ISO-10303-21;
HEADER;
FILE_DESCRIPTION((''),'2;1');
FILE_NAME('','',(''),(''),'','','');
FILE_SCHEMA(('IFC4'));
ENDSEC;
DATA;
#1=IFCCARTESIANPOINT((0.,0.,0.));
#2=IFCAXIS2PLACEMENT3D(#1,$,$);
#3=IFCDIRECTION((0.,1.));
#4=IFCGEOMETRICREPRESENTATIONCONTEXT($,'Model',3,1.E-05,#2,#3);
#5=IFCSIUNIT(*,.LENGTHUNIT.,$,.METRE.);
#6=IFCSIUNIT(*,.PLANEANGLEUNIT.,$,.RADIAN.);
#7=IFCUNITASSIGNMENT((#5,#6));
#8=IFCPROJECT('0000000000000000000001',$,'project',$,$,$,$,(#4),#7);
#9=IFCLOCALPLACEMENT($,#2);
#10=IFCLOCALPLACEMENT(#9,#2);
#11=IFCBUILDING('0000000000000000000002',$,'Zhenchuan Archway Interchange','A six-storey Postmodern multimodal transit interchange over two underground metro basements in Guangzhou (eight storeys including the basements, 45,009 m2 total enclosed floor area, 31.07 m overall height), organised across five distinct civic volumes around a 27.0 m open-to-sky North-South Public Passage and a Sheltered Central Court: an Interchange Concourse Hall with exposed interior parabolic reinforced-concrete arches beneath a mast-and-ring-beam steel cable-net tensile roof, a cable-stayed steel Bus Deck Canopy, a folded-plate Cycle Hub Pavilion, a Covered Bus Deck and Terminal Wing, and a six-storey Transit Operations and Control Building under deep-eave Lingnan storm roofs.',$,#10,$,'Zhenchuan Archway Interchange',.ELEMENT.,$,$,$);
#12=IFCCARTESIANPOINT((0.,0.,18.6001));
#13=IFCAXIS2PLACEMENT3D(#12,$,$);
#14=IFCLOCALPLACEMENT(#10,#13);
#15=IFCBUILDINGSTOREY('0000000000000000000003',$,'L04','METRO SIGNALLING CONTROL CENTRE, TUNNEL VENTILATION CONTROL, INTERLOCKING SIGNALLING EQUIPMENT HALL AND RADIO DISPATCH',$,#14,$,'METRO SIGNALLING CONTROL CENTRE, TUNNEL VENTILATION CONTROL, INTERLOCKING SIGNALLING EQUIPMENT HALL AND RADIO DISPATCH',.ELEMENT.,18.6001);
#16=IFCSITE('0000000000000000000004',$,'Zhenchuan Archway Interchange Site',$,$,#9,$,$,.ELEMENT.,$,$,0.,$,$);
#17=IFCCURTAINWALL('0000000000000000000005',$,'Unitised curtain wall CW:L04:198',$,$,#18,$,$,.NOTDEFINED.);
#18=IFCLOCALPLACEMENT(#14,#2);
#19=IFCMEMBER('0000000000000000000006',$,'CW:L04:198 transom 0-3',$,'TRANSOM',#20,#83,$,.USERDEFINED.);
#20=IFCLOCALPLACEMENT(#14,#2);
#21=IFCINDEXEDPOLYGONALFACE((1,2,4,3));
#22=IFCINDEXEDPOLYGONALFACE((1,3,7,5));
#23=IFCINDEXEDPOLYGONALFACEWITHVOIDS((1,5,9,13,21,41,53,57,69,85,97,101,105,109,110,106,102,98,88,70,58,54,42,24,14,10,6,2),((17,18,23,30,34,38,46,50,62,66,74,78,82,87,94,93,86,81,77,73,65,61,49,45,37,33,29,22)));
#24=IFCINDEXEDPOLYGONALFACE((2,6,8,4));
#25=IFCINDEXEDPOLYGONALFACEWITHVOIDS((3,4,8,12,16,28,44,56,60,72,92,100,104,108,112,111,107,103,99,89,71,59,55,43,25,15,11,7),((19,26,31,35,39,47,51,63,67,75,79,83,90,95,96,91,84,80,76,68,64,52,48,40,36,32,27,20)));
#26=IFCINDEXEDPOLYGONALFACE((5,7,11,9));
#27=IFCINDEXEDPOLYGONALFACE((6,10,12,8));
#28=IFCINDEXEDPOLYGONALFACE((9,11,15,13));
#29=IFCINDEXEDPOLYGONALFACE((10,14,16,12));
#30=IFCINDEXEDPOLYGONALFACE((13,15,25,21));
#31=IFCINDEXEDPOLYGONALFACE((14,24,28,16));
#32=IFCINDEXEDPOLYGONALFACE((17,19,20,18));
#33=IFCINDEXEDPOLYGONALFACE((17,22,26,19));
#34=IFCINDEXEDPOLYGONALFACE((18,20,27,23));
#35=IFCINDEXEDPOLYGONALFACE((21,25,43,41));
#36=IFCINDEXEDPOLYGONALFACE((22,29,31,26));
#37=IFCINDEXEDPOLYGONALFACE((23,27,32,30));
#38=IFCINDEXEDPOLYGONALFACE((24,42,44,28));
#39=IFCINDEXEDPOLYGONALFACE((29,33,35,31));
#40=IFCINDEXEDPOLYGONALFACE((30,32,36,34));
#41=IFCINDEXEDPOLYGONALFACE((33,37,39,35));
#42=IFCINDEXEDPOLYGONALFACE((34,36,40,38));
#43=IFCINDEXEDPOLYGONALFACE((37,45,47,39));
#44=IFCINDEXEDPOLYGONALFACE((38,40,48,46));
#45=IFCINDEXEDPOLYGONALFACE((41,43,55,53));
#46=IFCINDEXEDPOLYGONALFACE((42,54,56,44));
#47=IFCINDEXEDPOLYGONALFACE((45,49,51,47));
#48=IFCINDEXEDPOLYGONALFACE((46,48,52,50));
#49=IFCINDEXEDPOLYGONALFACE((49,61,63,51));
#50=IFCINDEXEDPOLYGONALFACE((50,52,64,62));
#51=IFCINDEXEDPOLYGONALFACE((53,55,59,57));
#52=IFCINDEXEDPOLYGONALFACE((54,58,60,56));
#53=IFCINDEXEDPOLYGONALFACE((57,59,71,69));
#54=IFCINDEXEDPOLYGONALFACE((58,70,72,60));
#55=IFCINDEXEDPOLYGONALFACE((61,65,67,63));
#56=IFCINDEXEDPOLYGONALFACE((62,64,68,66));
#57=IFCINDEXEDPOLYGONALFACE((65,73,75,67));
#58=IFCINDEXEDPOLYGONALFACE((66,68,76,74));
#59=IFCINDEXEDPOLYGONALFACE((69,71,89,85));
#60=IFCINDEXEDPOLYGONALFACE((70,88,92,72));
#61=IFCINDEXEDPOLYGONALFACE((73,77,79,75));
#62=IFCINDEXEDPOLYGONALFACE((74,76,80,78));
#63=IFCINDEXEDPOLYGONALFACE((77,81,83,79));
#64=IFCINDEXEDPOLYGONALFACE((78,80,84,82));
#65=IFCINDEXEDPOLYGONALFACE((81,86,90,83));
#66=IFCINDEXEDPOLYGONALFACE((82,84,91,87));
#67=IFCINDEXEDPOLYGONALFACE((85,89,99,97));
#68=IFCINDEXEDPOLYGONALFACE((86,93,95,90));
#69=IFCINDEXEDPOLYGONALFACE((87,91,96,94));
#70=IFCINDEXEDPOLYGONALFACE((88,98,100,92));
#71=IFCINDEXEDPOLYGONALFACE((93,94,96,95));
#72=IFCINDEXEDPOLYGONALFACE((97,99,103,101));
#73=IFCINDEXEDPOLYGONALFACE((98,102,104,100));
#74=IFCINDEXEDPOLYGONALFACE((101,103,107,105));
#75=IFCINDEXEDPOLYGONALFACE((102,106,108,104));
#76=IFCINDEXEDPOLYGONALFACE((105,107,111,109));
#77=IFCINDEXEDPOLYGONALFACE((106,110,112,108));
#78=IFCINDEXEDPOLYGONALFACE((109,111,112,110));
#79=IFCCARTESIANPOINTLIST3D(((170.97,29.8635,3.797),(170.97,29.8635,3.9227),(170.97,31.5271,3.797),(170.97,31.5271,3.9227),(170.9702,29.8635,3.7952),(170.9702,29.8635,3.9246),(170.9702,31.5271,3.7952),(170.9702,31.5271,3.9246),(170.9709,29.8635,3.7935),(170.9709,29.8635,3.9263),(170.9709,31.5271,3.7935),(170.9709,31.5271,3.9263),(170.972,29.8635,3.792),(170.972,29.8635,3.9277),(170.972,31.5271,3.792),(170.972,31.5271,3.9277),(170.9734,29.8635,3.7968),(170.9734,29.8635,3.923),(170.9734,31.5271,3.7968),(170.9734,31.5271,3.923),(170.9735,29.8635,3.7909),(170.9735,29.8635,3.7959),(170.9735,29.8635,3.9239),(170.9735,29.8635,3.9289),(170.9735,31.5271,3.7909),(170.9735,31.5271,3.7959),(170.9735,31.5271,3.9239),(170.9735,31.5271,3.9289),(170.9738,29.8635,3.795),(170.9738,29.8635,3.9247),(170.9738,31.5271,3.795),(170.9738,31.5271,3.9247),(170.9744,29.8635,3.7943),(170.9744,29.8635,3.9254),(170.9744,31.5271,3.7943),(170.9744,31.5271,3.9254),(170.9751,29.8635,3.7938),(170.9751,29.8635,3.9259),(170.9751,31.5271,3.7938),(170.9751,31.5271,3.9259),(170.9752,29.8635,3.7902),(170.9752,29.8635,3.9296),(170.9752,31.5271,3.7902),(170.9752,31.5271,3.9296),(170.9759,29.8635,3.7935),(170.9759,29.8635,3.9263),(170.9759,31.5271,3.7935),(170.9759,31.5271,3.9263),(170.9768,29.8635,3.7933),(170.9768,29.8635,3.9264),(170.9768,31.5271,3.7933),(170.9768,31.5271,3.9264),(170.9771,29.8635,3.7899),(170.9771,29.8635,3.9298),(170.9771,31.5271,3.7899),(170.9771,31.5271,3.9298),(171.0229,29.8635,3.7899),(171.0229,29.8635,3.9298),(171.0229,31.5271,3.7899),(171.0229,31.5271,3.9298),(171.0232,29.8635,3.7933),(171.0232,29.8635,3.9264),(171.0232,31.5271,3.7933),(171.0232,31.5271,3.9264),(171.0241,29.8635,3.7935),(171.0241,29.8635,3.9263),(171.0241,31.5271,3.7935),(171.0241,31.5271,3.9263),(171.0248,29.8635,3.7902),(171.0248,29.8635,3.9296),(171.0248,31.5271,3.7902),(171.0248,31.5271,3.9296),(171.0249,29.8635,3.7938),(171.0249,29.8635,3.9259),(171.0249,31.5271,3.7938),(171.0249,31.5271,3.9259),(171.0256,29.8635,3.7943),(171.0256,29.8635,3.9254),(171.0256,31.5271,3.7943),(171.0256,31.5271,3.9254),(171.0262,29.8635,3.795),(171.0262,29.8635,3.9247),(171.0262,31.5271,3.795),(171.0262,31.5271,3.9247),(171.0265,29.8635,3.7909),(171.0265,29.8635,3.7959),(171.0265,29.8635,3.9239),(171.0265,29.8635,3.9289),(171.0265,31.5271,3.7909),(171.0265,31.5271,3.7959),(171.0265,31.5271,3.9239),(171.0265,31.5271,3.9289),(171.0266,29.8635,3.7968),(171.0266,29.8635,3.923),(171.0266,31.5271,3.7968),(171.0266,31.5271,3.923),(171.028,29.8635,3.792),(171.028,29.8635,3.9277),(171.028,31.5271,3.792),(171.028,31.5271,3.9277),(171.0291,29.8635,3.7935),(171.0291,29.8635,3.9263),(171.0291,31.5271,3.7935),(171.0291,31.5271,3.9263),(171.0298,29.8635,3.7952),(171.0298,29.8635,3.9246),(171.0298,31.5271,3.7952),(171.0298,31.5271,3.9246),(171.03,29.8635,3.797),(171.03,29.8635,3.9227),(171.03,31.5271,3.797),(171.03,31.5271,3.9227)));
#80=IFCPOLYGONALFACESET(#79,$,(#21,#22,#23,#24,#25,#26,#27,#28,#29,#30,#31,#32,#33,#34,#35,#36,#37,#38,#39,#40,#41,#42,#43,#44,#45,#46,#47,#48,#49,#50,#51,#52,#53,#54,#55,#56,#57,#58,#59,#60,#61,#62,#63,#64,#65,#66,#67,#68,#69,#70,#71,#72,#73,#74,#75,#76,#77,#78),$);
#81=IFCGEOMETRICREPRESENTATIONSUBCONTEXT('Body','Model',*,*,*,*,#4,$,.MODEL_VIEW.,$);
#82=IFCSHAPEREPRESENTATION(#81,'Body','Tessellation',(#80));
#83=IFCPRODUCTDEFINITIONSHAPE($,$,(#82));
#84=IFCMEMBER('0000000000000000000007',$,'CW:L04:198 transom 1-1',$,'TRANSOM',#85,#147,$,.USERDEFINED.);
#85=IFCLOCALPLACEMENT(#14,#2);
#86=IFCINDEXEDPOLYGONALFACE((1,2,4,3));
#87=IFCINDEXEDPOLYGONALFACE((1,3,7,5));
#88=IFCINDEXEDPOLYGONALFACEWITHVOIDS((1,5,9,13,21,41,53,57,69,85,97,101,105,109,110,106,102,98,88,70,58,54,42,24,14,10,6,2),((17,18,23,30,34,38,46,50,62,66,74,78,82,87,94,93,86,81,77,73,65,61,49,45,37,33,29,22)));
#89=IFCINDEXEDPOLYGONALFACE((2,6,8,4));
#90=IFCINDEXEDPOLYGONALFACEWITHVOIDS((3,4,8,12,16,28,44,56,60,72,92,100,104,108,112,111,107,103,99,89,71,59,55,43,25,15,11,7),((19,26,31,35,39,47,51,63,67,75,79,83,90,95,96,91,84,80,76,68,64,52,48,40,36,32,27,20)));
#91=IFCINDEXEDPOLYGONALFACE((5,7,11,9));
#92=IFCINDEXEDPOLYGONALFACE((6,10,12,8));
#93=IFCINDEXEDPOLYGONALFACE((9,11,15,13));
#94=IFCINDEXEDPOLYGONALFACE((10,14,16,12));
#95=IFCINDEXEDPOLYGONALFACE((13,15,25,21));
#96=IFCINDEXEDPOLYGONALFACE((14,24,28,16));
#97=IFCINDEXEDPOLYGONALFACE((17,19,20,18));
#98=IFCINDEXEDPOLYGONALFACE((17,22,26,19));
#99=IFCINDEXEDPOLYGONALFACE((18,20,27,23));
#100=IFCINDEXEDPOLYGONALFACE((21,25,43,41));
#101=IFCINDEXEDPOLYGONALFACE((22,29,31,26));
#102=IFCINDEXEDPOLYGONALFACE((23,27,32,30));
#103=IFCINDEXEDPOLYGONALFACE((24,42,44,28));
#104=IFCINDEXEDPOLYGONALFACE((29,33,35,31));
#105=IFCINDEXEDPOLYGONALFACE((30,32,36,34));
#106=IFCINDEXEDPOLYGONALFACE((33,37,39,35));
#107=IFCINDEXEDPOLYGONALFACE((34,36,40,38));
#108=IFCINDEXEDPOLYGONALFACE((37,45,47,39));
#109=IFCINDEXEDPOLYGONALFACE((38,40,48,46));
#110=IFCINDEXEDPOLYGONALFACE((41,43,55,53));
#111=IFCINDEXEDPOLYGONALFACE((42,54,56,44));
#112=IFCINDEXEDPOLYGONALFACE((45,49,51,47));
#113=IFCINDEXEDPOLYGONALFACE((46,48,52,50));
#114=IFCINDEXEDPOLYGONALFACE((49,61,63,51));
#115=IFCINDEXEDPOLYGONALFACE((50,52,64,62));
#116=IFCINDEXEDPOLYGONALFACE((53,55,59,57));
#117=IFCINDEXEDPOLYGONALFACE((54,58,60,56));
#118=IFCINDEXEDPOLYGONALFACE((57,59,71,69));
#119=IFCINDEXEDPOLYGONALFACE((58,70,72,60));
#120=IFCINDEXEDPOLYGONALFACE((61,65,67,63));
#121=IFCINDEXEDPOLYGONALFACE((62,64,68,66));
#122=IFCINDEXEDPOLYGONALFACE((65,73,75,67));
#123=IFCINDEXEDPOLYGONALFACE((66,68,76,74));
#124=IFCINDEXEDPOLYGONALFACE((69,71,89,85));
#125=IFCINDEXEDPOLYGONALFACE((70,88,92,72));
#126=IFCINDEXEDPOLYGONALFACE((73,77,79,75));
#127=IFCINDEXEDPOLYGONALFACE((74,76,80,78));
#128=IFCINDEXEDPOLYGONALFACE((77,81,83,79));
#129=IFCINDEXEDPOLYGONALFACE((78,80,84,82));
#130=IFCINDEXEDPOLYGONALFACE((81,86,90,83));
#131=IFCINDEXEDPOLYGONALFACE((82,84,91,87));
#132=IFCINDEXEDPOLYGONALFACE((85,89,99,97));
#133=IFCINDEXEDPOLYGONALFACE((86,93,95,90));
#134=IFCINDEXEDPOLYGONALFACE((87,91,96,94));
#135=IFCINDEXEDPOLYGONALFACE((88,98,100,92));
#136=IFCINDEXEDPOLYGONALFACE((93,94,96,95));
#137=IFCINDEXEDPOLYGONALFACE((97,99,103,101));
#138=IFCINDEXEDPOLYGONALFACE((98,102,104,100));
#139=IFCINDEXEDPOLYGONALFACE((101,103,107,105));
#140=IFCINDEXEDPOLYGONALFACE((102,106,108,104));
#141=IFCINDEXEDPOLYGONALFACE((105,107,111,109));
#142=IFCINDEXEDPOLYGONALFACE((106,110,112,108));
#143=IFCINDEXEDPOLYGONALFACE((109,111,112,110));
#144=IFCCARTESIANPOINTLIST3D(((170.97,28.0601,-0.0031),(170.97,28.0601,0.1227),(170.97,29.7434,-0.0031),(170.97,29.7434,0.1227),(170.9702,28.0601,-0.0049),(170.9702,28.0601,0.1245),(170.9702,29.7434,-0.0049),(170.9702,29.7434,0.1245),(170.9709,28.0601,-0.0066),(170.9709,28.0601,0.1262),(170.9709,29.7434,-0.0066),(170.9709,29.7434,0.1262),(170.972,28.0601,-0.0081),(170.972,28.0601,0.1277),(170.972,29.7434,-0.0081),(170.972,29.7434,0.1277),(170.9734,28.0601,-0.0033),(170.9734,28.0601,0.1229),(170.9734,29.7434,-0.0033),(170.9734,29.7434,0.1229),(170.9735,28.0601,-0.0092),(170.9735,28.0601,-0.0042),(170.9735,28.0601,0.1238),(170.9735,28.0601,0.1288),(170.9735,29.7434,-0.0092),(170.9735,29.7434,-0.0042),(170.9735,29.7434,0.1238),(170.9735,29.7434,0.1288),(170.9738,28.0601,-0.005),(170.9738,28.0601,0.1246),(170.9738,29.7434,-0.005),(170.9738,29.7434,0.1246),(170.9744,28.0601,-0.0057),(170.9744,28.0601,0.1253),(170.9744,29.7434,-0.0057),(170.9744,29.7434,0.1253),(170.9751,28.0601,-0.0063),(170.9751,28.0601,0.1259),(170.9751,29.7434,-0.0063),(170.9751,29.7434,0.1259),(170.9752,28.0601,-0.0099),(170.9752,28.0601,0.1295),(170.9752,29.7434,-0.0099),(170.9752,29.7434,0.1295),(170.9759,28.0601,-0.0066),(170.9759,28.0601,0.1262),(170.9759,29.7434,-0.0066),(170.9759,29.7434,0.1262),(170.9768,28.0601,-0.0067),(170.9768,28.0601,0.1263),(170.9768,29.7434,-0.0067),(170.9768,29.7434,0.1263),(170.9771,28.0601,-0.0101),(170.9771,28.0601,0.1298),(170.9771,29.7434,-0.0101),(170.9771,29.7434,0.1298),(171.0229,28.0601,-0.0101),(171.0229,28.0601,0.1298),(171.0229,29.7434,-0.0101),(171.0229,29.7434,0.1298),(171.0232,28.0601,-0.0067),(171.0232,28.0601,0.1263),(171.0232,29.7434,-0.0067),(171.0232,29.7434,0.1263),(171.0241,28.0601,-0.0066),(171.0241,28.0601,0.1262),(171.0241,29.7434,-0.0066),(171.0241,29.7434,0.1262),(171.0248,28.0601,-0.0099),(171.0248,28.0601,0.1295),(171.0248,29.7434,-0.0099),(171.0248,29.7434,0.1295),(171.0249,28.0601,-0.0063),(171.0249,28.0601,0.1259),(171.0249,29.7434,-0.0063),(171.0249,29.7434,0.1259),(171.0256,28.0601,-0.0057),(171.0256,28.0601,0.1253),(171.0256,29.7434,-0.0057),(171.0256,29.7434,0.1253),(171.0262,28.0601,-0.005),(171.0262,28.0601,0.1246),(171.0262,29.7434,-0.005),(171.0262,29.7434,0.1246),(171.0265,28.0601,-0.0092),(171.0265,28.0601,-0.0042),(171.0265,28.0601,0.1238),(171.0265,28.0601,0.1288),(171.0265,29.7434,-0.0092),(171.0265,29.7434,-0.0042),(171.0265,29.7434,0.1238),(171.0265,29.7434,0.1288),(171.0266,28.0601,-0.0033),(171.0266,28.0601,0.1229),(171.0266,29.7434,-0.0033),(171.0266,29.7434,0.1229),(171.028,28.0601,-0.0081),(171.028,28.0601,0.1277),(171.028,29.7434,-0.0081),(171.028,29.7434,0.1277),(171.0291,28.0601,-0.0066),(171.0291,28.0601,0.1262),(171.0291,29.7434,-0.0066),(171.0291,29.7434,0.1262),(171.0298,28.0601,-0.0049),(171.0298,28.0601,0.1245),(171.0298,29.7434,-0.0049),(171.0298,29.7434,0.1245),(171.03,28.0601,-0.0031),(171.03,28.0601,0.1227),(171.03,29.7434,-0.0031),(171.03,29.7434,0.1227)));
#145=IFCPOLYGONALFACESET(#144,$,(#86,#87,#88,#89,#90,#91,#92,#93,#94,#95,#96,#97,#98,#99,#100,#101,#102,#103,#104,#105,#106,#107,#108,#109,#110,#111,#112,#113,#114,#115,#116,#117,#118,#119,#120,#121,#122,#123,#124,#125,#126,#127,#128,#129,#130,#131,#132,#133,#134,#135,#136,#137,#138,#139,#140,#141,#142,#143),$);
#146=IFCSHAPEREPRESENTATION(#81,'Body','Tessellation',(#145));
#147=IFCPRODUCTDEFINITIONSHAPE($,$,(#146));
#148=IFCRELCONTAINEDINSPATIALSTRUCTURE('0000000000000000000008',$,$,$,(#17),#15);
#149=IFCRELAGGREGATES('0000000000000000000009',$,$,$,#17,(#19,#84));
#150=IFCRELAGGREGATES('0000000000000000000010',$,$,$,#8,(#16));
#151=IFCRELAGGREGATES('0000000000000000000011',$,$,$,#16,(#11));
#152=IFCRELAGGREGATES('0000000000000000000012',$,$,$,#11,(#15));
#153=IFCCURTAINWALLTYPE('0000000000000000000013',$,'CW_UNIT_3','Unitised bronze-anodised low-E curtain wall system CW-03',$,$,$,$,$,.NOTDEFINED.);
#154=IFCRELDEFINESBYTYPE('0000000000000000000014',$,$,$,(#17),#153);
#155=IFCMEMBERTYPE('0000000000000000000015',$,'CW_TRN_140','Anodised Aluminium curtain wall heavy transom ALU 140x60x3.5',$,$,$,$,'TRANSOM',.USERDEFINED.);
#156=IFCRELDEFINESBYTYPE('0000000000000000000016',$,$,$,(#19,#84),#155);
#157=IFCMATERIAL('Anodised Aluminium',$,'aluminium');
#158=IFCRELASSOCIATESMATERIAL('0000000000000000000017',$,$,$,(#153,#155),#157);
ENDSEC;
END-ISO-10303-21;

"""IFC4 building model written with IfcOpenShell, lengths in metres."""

from ifc_helpers import new_model, si_unit, direction, frame, origin, origin_2d, place, context, subcontext, project, spatial, hollow_rectangle, extrude, material, material_profile, profile_set, type_object, element, aggregate, save


model = new_model("IFC4")

# Units and contexts
model_context = context("Model", 3, precision=1e-05, world=origin(), true_north=direction((0.0, 1.0)))
body_context = subcontext(model_context, "Body", "Model", "MODEL_VIEW")
ifc_project = project(units=[si_unit("LENGTHUNIT", "METRE"), si_unit("PLANEANGLEUNIT", "RADIAN")], contexts=[model_context])

# Site, building, storey
site_placement = place(None, origin())
site = spatial("IfcSite", under=ifc_project, at=site_placement, Name="Zhenchuan Archway Interchange Site", CompositionType="ELEMENT", RefElevation=0.0)
building_placement = place(site_placement, origin())
building = spatial("IfcBuilding", under=site, at=building_placement, Name="Zhenchuan Archway Interchange", Description="A six-storey Postmodern multimodal transit interchange over two underground metro basements in Guangzhou (eight storeys including the basements, 45,009 m2 total enclosed floor area, 31.07 m overall height), organised across five distinct civic volumes around a 27.0 m open-to-sky North-South Public Passage and a Sheltered Central Court: an Interchange Concourse Hall with exposed interior parabolic reinforced-concrete arches beneath a mast-and-ring-beam steel cable-net tensile roof, a cable-stayed steel Bus Deck Canopy, a folded-plate Cycle Hub Pavilion, a Covered Bus Deck and Terminal Wing, and a six-storey Transit Operations and Control Building under deep-eave Lingnan storm roofs.", LongName="Zhenchuan Archway Interchange", CompositionType="ELEMENT")
storey_placement = place(building_placement, frame((0.0, 0.0, 18.6001)))
storey = spatial("IfcBuildingStorey", under=building, at=storey_placement, Name="L04", Description="METRO SIGNALLING CONTROL CENTRE, TUNNEL VENTILATION CONTROL, INTERLOCKING SIGNALLING EQUIPMENT HALL AND RADIO DISPATCH", LongName="METRO SIGNALLING CONTROL CENTRE, TUNNEL VENTILATION CONTROL, INTERLOCKING SIGNALLING EQUIPMENT HALL AND RADIO DISPATCH", CompositionType="ELEMENT", Elevation=18.6001)

# Curtain wall, members
ifc_material_1 = material(Name="Anodised Aluminium", Category="aluminium")
curtain_wall_type = type_object("IfcCurtainWallType", Name="CW_UNIT_3", Description="Unitised bronze-anodised low-E curtain wall system CW-03", PredefinedType="NOTDEFINED", material=ifc_material_1)
curtain_wall_placement = place(storey_placement, origin())
curtain_wall = element("IfcCurtainWall", 1, at=curtain_wall_placement, inside=storey, type_object=curtain_wall_type, Name="Unitised curtain wall CW:L04:198", PredefinedType="NOTDEFINED")
ifc_material_profile_1 = material_profile(ifc_material_1, hollow_rectangle(XDim=0.0601, YDim=0.1399, WallThickness=0.0034, InnerFilletRadius=0.0034, OuterFilletRadius=0.0071, at=origin_2d()), Name="ALU 140x60x3.5")
ifc_profile_set_1 = profile_set([ifc_material_profile_1], Name="Anodised Aluminium")
member_type_1 = type_object("IfcMemberType", Name="CW_TRN_140", Description="Anodised Aluminium curtain wall heavy transom ALU 140x60x3.5", ElementType="TRANSOM", PredefinedType="USERDEFINED", material=ifc_profile_set_1)
member_1_placement = place(storey_placement, frame((171.0, 31.5271, 3.8599), z_axis=(0.0, -1.0, 0.0), x_axis=(1.0, 0.0, 0.0)))
member_1 = element("IfcMember", 2, at=member_1_placement, type_object=member_type_1, Name="CW:L04:198 transom 0-3", ObjectType="TRANSOM", PredefinedType="USERDEFINED", context=body_context, shape_type="SweptSolid", body=[
    extrude(hollow_rectangle(XDim=0.0601, YDim=0.1399, WallThickness=0.0034, InnerFilletRadius=0.0034, OuterFilletRadius=0.0071, at=origin_2d()), origin(), (0.0, 0.0, 1.0), 1.6636),
])
member_2_placement = place(storey_placement, frame((171.0, 29.7434, 0.0598), z_axis=(0.0, -1.0, 0.0), x_axis=(1.0, 0.0, 0.0)))
member_2 = element("IfcMember", 3, at=member_2_placement, type_object=member_type_1, Name="CW:L04:198 transom 1-1", ObjectType="TRANSOM", PredefinedType="USERDEFINED", context=body_context, shape_type="SweptSolid", body=[
    extrude(hollow_rectangle(XDim=0.0601, YDim=0.1399, WallThickness=0.0034, InnerFilletRadius=0.0034, OuterFilletRadius=0.0071, at=origin_2d()), origin(), (0.0, 0.0, 1.0), 1.6833),
])

aggregate(curtain_wall, [member_1, member_2])

save(model, "model.ifc")
